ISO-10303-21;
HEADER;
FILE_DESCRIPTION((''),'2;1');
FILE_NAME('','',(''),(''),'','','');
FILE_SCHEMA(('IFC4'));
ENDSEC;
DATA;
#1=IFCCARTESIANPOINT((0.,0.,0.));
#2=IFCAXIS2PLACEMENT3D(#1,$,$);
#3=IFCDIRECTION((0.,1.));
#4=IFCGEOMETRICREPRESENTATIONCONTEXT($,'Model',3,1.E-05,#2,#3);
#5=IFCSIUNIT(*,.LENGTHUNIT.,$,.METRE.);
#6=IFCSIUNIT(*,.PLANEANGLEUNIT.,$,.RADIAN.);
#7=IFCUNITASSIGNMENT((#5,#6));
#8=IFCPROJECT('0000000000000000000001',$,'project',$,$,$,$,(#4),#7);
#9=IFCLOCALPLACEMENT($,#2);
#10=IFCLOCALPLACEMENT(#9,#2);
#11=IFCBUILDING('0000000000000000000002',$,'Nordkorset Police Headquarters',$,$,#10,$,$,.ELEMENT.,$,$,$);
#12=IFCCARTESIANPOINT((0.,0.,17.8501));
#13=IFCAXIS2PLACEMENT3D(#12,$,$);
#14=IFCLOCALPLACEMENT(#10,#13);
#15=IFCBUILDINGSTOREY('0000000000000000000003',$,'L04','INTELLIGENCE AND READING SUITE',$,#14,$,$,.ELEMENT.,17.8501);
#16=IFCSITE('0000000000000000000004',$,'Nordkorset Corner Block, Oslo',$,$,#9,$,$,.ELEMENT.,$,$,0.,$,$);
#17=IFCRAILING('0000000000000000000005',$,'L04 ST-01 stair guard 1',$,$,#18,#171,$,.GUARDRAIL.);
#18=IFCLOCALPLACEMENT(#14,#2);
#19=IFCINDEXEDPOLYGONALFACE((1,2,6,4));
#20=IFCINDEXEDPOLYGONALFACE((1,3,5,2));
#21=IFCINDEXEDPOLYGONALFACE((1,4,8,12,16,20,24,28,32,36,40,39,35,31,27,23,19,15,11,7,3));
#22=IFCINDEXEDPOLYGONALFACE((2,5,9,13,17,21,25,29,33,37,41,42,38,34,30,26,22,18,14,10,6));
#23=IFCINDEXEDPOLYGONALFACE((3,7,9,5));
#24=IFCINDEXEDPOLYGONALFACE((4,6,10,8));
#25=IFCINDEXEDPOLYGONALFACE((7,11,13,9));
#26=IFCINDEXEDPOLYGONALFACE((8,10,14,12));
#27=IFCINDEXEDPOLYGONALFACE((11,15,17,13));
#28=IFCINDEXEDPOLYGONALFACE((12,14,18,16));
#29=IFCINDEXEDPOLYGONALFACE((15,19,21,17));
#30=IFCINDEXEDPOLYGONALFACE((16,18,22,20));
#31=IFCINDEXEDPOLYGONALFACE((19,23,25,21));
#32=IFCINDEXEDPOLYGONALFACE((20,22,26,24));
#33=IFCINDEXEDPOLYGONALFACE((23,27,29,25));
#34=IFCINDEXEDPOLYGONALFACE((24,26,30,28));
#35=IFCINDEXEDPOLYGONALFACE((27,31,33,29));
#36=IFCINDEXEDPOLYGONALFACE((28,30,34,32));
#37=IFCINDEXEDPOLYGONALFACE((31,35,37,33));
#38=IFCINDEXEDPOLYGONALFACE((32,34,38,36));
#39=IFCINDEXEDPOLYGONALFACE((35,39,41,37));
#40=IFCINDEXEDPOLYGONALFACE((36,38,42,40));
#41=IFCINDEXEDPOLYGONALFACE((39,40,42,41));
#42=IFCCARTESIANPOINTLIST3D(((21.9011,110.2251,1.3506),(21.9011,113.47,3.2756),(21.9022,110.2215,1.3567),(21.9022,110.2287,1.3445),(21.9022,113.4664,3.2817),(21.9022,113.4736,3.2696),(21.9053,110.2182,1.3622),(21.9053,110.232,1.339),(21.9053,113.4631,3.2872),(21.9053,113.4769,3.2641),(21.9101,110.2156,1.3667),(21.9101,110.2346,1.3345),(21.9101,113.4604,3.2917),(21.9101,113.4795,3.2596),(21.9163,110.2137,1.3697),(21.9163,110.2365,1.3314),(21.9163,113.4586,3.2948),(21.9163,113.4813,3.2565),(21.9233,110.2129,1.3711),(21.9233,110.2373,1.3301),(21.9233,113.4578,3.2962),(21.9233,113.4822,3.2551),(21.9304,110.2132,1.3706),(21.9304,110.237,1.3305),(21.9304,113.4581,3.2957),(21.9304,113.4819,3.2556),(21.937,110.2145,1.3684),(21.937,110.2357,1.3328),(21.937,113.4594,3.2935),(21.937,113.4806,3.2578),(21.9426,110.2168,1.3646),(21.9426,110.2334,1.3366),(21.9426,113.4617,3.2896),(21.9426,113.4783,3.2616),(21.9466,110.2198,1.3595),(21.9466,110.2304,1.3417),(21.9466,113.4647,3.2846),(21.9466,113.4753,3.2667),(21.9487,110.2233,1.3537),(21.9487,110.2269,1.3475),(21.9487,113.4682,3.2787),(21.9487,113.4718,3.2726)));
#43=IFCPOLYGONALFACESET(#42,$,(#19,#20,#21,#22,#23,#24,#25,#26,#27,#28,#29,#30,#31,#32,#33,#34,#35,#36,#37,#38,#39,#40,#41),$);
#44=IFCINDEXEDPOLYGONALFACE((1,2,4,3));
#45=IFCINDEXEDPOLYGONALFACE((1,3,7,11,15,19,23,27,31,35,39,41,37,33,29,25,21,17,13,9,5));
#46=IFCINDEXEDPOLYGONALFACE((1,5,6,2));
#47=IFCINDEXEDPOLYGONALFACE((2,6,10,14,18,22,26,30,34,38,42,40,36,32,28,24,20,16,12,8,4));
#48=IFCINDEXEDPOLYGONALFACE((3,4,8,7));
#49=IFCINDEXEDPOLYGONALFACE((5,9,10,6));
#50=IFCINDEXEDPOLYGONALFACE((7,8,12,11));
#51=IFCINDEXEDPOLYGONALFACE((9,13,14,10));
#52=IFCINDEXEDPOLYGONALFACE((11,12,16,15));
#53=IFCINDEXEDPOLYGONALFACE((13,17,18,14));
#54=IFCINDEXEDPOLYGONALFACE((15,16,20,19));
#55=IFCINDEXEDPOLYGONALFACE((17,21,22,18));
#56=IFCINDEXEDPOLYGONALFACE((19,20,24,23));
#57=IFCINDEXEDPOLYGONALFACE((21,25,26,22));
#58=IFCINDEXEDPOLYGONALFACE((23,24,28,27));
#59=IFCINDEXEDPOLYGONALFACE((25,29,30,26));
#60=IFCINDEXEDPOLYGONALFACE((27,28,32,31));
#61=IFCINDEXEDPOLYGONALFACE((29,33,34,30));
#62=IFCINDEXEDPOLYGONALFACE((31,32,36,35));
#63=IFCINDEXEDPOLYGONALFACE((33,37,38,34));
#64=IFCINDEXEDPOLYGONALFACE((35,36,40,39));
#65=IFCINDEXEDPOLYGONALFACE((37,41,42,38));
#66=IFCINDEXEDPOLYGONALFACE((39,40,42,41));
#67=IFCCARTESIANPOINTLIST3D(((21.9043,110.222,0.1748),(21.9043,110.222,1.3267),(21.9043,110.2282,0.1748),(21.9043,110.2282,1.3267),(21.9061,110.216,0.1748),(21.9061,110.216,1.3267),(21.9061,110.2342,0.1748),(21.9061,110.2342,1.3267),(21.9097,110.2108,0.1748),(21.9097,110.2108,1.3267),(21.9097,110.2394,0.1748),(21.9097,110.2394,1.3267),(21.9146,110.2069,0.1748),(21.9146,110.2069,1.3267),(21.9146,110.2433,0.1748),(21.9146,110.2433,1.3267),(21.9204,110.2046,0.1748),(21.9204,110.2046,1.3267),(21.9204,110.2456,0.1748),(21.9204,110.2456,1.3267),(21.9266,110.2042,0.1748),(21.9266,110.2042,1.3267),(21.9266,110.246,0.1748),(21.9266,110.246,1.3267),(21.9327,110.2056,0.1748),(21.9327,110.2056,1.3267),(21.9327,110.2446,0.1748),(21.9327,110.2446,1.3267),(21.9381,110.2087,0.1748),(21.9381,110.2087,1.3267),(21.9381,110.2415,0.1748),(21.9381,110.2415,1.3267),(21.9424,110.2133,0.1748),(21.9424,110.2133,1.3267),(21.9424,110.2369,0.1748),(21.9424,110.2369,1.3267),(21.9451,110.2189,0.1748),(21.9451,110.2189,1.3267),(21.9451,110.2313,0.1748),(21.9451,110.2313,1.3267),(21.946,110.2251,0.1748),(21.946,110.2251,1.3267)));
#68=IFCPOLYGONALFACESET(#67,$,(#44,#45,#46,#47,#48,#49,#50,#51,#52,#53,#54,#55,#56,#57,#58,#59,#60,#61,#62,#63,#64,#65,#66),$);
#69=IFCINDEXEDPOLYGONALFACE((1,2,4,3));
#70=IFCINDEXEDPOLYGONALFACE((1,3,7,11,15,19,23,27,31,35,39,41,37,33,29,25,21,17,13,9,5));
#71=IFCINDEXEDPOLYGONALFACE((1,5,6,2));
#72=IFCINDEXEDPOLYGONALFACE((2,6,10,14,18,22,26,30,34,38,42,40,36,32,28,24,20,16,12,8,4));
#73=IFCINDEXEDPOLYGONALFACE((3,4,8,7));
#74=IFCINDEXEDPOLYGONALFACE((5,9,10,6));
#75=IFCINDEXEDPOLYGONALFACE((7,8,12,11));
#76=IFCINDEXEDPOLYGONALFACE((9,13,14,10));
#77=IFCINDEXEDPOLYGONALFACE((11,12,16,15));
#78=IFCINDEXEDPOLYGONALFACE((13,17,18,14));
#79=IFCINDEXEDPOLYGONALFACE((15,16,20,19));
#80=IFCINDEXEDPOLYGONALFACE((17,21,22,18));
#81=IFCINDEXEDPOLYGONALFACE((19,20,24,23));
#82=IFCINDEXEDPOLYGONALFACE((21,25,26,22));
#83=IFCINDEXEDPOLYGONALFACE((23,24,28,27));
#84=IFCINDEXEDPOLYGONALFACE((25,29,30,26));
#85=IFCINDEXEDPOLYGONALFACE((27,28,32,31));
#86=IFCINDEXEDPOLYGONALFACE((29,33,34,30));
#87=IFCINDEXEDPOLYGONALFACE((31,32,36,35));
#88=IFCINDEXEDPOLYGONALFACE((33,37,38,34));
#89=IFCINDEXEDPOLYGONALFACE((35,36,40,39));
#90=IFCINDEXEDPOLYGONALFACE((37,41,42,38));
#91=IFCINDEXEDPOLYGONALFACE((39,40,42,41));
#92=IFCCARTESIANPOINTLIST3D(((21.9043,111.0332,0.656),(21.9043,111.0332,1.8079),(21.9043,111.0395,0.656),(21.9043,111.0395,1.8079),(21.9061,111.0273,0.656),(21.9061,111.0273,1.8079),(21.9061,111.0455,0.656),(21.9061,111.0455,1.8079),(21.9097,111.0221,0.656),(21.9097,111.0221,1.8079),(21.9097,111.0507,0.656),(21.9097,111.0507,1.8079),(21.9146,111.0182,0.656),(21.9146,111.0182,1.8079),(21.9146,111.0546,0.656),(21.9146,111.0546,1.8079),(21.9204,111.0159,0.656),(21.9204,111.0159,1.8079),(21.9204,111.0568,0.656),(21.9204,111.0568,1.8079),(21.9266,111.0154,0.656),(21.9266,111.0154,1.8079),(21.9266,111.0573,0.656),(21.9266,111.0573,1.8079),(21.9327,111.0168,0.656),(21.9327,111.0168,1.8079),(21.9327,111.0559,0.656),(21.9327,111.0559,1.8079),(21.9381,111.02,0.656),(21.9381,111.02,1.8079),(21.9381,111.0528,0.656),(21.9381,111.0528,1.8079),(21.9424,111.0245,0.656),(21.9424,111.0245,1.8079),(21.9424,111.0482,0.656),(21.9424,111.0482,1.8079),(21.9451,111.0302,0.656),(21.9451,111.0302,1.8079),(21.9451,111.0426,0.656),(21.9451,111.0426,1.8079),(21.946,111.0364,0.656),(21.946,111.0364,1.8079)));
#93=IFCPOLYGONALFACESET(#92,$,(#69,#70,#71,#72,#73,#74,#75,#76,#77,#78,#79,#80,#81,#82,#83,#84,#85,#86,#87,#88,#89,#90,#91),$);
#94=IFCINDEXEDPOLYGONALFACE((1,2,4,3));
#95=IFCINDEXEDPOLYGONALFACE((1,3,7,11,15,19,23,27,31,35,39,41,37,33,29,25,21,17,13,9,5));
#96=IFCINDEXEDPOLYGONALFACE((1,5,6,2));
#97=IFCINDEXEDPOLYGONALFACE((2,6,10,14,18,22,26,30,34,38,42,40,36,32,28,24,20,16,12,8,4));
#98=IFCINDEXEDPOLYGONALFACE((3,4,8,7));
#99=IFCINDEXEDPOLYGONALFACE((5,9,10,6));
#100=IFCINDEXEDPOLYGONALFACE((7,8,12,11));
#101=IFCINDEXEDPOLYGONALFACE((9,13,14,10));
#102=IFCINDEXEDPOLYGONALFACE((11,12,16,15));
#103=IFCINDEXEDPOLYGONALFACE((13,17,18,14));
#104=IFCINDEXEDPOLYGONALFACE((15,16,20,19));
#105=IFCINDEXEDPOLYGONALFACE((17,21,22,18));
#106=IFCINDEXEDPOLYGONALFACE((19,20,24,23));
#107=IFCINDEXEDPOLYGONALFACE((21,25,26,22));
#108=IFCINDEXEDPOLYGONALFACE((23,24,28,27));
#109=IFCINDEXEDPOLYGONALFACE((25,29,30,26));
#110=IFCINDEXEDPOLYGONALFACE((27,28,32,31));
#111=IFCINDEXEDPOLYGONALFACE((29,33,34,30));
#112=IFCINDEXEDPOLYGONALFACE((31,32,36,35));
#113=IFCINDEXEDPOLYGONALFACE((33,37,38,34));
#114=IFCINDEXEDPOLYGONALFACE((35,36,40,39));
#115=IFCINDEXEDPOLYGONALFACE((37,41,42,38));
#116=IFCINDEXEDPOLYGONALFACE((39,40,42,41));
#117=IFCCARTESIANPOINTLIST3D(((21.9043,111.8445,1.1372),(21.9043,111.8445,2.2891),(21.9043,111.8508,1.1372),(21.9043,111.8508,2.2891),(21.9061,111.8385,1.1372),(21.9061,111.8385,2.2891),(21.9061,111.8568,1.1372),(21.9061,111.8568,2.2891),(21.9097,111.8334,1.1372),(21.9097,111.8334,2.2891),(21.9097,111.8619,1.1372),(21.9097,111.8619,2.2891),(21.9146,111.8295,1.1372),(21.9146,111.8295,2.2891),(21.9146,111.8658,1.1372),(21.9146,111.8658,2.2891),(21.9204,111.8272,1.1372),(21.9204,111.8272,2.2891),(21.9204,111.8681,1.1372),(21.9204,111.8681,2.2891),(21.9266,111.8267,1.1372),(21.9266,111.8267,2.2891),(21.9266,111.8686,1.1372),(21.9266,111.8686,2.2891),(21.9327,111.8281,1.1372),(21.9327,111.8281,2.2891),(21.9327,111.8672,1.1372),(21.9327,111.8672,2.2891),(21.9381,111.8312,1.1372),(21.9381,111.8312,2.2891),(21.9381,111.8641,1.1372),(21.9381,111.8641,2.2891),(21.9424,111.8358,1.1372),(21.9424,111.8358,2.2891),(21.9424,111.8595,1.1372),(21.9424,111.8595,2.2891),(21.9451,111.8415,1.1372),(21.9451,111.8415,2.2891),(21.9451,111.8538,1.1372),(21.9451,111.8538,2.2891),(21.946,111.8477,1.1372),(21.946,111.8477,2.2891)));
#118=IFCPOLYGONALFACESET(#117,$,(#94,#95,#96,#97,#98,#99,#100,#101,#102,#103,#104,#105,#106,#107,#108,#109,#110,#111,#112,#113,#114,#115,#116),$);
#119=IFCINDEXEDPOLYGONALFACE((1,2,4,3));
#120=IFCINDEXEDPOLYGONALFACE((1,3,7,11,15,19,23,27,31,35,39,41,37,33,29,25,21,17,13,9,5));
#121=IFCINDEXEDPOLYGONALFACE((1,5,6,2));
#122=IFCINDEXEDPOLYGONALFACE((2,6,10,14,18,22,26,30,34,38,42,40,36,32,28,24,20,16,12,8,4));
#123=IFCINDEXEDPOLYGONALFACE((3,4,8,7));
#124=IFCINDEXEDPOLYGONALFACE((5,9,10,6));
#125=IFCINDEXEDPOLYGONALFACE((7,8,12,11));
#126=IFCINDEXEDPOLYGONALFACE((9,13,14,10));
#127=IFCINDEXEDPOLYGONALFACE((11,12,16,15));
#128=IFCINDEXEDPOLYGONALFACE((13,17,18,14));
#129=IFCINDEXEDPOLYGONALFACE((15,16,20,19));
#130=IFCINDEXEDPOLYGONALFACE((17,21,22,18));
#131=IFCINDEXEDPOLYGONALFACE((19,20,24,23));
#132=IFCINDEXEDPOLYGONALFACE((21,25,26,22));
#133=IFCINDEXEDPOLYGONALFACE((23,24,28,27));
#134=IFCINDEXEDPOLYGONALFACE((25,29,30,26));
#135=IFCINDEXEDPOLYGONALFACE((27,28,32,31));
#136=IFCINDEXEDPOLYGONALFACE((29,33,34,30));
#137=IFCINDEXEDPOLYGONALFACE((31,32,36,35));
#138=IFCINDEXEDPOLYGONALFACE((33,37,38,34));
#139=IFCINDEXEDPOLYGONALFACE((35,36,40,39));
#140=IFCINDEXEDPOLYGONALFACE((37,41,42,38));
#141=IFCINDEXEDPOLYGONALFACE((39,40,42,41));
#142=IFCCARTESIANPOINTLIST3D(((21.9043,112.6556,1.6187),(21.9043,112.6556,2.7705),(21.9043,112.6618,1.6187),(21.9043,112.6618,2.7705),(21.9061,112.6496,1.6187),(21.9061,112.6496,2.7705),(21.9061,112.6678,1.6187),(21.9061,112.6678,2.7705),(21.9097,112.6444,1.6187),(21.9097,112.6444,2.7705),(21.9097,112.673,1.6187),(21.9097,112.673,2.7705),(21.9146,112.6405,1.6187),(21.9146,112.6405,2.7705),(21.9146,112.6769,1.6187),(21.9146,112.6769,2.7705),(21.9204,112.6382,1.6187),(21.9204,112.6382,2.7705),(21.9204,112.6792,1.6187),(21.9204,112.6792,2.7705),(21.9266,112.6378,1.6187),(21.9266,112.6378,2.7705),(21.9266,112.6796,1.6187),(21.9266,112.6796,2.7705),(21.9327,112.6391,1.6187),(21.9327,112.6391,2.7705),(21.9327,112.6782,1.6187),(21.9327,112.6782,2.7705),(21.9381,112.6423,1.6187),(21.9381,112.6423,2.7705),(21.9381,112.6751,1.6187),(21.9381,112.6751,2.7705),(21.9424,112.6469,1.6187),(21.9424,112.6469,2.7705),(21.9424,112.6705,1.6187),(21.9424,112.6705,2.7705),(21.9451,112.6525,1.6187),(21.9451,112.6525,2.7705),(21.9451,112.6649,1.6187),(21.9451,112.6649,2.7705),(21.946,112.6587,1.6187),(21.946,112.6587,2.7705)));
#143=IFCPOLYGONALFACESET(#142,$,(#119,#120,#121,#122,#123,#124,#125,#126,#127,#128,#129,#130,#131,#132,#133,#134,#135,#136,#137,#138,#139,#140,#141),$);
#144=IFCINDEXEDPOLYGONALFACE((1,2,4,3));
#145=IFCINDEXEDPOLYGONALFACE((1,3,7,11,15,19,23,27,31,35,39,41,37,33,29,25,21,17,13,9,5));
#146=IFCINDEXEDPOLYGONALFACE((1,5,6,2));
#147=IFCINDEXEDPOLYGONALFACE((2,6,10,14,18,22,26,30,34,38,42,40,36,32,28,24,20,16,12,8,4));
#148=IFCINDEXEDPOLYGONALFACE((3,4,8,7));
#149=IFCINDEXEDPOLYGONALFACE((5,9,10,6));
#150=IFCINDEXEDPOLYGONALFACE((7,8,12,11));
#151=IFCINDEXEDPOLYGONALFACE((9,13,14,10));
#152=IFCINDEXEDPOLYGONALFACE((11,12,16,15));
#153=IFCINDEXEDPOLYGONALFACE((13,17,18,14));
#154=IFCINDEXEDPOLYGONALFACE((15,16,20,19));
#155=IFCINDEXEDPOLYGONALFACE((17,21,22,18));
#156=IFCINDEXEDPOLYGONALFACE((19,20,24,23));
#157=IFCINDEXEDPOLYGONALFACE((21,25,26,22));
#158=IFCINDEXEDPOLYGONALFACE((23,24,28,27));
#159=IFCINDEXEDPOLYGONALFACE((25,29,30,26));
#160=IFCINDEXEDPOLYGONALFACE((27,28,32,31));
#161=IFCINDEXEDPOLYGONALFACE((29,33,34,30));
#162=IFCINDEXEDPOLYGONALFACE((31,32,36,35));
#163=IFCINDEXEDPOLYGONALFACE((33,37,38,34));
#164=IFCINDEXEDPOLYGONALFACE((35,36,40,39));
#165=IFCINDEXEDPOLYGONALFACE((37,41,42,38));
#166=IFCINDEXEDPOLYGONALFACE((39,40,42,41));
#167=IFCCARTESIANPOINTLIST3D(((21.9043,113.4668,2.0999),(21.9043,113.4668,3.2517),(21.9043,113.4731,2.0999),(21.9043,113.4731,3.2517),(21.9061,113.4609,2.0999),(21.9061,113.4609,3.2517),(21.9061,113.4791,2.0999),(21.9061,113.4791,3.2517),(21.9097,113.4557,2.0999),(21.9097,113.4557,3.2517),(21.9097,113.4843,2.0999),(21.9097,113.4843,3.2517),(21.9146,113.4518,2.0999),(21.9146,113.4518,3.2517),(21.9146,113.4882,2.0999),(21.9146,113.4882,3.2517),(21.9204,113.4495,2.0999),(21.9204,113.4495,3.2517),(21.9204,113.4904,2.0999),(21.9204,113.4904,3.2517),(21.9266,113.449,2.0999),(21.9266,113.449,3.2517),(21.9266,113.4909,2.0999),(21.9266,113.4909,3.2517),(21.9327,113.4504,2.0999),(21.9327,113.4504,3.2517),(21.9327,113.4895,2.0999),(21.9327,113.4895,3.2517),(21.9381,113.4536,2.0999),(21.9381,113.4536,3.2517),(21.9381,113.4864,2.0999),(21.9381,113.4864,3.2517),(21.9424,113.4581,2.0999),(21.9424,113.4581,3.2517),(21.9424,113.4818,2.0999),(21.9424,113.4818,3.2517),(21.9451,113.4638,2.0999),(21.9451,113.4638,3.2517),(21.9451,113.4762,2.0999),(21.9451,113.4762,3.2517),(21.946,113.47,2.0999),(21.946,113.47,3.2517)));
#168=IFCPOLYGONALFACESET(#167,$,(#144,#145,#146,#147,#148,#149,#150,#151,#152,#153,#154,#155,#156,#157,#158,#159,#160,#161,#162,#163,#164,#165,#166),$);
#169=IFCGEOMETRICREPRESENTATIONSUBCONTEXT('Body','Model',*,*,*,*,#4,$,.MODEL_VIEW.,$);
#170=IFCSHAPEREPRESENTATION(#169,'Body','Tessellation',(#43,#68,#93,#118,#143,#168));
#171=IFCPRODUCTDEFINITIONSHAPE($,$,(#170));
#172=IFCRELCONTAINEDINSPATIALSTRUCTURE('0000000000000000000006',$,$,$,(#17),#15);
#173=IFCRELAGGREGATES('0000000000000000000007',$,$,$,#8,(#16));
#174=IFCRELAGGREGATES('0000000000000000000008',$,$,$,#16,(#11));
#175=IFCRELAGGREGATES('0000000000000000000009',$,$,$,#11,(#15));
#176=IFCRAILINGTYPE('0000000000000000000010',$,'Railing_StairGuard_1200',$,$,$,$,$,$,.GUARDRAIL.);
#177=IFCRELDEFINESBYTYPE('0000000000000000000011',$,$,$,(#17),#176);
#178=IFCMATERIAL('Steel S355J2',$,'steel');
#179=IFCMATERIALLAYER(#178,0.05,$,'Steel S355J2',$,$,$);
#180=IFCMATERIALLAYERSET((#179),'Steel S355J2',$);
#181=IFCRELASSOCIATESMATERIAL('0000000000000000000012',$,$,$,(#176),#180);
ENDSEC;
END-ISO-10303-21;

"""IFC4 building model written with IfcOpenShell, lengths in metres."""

from ifc_helpers import new_model, si_unit, direction, frame, origin, origin_2d, place, context, subcontext, project, spatial, circle, extrude, material, layer, layer_set, type_object, element, save


model = new_model("IFC4")

# Units and contexts
model_context = context("Model", 3, precision=1e-05, world=origin(), true_north=direction((0.0, 1.0)))
body_context = subcontext(model_context, "Body", "Model", "MODEL_VIEW")
ifc_project = project(units=[si_unit("LENGTHUNIT", "METRE"), si_unit("PLANEANGLEUNIT", "RADIAN")], contexts=[model_context])

# Site, building, storey
site_placement = place(None, origin())
site = spatial("IfcSite", under=ifc_project, at=site_placement, Name="Nordkorset Corner Block, Oslo", CompositionType="ELEMENT", RefElevation=0.0)
building_placement = place(site_placement, origin())
building = spatial("IfcBuilding", under=site, at=building_placement, Name="Nordkorset Police Headquarters", CompositionType="ELEMENT")
storey_placement = place(building_placement, frame((0.0, 0.0, 17.8501)))
storey = spatial("IfcBuildingStorey", under=building, at=storey_placement, Name="L04", Description="INTELLIGENCE AND READING SUITE", CompositionType="ELEMENT", Elevation=17.8501)

# Railing
ifc_material_1 = material(Name="Steel S355J2", Category="steel")
ifc_layer_1 = layer(ifc_material_1, 0.05, Name="Steel S355J2")
ifc_layer_set_1 = layer_set([ifc_layer_1], Name="Steel S355J2")
railing_type_1 = type_object("IfcRailingType", Name="Railing_StairGuard_1200", PredefinedType="GUARDRAIL", material=ifc_layer_set_1)
railing_1_placement = place(storey_placement, frame((21.925, 110.2251, 0.1748)))
element("IfcRailing", 1, at=railing_1_placement, inside=storey, type_object=railing_type_1, Name="L04 ST-01 stair guard 1", PredefinedType="GUARDRAIL", context=body_context, shape_type="SweptSolid", body=[
    extrude(circle(Radius=0.0239, at=origin_2d()), frame((0.0, 0.0, 1.1758), z_axis=(0.0, 0.86004, 0.510226), x_axis=(-1.0, 0.0, 0.0)), (0.0, 0.0, 1.0), 3.7729),
    extrude(circle(Radius=0.021, at=origin_2d()), origin(), (0.0, 0.0, 1.0), 1.1519),
    extrude(circle(Radius=0.021, at=origin_2d()), frame((0.0, 0.8113, 0.4812)), (0.0, 0.0, 1.0), 1.1519),
    extrude(circle(Radius=0.021, at=origin_2d()), frame((0.0, 1.6226, 0.9624)), (0.0, 0.0, 1.0), 1.1519),
    extrude(circle(Radius=0.021, at=origin_2d()), frame((0.0, 2.4336, 1.4438)), (0.0, 0.0, 1.0), 1.1519),
    extrude(circle(Radius=0.021, at=origin_2d()), frame((0.0, 3.2449, 1.925)), (0.0, 0.0, 1.0), 1.1519),
])

save(model, "model.ifc")
